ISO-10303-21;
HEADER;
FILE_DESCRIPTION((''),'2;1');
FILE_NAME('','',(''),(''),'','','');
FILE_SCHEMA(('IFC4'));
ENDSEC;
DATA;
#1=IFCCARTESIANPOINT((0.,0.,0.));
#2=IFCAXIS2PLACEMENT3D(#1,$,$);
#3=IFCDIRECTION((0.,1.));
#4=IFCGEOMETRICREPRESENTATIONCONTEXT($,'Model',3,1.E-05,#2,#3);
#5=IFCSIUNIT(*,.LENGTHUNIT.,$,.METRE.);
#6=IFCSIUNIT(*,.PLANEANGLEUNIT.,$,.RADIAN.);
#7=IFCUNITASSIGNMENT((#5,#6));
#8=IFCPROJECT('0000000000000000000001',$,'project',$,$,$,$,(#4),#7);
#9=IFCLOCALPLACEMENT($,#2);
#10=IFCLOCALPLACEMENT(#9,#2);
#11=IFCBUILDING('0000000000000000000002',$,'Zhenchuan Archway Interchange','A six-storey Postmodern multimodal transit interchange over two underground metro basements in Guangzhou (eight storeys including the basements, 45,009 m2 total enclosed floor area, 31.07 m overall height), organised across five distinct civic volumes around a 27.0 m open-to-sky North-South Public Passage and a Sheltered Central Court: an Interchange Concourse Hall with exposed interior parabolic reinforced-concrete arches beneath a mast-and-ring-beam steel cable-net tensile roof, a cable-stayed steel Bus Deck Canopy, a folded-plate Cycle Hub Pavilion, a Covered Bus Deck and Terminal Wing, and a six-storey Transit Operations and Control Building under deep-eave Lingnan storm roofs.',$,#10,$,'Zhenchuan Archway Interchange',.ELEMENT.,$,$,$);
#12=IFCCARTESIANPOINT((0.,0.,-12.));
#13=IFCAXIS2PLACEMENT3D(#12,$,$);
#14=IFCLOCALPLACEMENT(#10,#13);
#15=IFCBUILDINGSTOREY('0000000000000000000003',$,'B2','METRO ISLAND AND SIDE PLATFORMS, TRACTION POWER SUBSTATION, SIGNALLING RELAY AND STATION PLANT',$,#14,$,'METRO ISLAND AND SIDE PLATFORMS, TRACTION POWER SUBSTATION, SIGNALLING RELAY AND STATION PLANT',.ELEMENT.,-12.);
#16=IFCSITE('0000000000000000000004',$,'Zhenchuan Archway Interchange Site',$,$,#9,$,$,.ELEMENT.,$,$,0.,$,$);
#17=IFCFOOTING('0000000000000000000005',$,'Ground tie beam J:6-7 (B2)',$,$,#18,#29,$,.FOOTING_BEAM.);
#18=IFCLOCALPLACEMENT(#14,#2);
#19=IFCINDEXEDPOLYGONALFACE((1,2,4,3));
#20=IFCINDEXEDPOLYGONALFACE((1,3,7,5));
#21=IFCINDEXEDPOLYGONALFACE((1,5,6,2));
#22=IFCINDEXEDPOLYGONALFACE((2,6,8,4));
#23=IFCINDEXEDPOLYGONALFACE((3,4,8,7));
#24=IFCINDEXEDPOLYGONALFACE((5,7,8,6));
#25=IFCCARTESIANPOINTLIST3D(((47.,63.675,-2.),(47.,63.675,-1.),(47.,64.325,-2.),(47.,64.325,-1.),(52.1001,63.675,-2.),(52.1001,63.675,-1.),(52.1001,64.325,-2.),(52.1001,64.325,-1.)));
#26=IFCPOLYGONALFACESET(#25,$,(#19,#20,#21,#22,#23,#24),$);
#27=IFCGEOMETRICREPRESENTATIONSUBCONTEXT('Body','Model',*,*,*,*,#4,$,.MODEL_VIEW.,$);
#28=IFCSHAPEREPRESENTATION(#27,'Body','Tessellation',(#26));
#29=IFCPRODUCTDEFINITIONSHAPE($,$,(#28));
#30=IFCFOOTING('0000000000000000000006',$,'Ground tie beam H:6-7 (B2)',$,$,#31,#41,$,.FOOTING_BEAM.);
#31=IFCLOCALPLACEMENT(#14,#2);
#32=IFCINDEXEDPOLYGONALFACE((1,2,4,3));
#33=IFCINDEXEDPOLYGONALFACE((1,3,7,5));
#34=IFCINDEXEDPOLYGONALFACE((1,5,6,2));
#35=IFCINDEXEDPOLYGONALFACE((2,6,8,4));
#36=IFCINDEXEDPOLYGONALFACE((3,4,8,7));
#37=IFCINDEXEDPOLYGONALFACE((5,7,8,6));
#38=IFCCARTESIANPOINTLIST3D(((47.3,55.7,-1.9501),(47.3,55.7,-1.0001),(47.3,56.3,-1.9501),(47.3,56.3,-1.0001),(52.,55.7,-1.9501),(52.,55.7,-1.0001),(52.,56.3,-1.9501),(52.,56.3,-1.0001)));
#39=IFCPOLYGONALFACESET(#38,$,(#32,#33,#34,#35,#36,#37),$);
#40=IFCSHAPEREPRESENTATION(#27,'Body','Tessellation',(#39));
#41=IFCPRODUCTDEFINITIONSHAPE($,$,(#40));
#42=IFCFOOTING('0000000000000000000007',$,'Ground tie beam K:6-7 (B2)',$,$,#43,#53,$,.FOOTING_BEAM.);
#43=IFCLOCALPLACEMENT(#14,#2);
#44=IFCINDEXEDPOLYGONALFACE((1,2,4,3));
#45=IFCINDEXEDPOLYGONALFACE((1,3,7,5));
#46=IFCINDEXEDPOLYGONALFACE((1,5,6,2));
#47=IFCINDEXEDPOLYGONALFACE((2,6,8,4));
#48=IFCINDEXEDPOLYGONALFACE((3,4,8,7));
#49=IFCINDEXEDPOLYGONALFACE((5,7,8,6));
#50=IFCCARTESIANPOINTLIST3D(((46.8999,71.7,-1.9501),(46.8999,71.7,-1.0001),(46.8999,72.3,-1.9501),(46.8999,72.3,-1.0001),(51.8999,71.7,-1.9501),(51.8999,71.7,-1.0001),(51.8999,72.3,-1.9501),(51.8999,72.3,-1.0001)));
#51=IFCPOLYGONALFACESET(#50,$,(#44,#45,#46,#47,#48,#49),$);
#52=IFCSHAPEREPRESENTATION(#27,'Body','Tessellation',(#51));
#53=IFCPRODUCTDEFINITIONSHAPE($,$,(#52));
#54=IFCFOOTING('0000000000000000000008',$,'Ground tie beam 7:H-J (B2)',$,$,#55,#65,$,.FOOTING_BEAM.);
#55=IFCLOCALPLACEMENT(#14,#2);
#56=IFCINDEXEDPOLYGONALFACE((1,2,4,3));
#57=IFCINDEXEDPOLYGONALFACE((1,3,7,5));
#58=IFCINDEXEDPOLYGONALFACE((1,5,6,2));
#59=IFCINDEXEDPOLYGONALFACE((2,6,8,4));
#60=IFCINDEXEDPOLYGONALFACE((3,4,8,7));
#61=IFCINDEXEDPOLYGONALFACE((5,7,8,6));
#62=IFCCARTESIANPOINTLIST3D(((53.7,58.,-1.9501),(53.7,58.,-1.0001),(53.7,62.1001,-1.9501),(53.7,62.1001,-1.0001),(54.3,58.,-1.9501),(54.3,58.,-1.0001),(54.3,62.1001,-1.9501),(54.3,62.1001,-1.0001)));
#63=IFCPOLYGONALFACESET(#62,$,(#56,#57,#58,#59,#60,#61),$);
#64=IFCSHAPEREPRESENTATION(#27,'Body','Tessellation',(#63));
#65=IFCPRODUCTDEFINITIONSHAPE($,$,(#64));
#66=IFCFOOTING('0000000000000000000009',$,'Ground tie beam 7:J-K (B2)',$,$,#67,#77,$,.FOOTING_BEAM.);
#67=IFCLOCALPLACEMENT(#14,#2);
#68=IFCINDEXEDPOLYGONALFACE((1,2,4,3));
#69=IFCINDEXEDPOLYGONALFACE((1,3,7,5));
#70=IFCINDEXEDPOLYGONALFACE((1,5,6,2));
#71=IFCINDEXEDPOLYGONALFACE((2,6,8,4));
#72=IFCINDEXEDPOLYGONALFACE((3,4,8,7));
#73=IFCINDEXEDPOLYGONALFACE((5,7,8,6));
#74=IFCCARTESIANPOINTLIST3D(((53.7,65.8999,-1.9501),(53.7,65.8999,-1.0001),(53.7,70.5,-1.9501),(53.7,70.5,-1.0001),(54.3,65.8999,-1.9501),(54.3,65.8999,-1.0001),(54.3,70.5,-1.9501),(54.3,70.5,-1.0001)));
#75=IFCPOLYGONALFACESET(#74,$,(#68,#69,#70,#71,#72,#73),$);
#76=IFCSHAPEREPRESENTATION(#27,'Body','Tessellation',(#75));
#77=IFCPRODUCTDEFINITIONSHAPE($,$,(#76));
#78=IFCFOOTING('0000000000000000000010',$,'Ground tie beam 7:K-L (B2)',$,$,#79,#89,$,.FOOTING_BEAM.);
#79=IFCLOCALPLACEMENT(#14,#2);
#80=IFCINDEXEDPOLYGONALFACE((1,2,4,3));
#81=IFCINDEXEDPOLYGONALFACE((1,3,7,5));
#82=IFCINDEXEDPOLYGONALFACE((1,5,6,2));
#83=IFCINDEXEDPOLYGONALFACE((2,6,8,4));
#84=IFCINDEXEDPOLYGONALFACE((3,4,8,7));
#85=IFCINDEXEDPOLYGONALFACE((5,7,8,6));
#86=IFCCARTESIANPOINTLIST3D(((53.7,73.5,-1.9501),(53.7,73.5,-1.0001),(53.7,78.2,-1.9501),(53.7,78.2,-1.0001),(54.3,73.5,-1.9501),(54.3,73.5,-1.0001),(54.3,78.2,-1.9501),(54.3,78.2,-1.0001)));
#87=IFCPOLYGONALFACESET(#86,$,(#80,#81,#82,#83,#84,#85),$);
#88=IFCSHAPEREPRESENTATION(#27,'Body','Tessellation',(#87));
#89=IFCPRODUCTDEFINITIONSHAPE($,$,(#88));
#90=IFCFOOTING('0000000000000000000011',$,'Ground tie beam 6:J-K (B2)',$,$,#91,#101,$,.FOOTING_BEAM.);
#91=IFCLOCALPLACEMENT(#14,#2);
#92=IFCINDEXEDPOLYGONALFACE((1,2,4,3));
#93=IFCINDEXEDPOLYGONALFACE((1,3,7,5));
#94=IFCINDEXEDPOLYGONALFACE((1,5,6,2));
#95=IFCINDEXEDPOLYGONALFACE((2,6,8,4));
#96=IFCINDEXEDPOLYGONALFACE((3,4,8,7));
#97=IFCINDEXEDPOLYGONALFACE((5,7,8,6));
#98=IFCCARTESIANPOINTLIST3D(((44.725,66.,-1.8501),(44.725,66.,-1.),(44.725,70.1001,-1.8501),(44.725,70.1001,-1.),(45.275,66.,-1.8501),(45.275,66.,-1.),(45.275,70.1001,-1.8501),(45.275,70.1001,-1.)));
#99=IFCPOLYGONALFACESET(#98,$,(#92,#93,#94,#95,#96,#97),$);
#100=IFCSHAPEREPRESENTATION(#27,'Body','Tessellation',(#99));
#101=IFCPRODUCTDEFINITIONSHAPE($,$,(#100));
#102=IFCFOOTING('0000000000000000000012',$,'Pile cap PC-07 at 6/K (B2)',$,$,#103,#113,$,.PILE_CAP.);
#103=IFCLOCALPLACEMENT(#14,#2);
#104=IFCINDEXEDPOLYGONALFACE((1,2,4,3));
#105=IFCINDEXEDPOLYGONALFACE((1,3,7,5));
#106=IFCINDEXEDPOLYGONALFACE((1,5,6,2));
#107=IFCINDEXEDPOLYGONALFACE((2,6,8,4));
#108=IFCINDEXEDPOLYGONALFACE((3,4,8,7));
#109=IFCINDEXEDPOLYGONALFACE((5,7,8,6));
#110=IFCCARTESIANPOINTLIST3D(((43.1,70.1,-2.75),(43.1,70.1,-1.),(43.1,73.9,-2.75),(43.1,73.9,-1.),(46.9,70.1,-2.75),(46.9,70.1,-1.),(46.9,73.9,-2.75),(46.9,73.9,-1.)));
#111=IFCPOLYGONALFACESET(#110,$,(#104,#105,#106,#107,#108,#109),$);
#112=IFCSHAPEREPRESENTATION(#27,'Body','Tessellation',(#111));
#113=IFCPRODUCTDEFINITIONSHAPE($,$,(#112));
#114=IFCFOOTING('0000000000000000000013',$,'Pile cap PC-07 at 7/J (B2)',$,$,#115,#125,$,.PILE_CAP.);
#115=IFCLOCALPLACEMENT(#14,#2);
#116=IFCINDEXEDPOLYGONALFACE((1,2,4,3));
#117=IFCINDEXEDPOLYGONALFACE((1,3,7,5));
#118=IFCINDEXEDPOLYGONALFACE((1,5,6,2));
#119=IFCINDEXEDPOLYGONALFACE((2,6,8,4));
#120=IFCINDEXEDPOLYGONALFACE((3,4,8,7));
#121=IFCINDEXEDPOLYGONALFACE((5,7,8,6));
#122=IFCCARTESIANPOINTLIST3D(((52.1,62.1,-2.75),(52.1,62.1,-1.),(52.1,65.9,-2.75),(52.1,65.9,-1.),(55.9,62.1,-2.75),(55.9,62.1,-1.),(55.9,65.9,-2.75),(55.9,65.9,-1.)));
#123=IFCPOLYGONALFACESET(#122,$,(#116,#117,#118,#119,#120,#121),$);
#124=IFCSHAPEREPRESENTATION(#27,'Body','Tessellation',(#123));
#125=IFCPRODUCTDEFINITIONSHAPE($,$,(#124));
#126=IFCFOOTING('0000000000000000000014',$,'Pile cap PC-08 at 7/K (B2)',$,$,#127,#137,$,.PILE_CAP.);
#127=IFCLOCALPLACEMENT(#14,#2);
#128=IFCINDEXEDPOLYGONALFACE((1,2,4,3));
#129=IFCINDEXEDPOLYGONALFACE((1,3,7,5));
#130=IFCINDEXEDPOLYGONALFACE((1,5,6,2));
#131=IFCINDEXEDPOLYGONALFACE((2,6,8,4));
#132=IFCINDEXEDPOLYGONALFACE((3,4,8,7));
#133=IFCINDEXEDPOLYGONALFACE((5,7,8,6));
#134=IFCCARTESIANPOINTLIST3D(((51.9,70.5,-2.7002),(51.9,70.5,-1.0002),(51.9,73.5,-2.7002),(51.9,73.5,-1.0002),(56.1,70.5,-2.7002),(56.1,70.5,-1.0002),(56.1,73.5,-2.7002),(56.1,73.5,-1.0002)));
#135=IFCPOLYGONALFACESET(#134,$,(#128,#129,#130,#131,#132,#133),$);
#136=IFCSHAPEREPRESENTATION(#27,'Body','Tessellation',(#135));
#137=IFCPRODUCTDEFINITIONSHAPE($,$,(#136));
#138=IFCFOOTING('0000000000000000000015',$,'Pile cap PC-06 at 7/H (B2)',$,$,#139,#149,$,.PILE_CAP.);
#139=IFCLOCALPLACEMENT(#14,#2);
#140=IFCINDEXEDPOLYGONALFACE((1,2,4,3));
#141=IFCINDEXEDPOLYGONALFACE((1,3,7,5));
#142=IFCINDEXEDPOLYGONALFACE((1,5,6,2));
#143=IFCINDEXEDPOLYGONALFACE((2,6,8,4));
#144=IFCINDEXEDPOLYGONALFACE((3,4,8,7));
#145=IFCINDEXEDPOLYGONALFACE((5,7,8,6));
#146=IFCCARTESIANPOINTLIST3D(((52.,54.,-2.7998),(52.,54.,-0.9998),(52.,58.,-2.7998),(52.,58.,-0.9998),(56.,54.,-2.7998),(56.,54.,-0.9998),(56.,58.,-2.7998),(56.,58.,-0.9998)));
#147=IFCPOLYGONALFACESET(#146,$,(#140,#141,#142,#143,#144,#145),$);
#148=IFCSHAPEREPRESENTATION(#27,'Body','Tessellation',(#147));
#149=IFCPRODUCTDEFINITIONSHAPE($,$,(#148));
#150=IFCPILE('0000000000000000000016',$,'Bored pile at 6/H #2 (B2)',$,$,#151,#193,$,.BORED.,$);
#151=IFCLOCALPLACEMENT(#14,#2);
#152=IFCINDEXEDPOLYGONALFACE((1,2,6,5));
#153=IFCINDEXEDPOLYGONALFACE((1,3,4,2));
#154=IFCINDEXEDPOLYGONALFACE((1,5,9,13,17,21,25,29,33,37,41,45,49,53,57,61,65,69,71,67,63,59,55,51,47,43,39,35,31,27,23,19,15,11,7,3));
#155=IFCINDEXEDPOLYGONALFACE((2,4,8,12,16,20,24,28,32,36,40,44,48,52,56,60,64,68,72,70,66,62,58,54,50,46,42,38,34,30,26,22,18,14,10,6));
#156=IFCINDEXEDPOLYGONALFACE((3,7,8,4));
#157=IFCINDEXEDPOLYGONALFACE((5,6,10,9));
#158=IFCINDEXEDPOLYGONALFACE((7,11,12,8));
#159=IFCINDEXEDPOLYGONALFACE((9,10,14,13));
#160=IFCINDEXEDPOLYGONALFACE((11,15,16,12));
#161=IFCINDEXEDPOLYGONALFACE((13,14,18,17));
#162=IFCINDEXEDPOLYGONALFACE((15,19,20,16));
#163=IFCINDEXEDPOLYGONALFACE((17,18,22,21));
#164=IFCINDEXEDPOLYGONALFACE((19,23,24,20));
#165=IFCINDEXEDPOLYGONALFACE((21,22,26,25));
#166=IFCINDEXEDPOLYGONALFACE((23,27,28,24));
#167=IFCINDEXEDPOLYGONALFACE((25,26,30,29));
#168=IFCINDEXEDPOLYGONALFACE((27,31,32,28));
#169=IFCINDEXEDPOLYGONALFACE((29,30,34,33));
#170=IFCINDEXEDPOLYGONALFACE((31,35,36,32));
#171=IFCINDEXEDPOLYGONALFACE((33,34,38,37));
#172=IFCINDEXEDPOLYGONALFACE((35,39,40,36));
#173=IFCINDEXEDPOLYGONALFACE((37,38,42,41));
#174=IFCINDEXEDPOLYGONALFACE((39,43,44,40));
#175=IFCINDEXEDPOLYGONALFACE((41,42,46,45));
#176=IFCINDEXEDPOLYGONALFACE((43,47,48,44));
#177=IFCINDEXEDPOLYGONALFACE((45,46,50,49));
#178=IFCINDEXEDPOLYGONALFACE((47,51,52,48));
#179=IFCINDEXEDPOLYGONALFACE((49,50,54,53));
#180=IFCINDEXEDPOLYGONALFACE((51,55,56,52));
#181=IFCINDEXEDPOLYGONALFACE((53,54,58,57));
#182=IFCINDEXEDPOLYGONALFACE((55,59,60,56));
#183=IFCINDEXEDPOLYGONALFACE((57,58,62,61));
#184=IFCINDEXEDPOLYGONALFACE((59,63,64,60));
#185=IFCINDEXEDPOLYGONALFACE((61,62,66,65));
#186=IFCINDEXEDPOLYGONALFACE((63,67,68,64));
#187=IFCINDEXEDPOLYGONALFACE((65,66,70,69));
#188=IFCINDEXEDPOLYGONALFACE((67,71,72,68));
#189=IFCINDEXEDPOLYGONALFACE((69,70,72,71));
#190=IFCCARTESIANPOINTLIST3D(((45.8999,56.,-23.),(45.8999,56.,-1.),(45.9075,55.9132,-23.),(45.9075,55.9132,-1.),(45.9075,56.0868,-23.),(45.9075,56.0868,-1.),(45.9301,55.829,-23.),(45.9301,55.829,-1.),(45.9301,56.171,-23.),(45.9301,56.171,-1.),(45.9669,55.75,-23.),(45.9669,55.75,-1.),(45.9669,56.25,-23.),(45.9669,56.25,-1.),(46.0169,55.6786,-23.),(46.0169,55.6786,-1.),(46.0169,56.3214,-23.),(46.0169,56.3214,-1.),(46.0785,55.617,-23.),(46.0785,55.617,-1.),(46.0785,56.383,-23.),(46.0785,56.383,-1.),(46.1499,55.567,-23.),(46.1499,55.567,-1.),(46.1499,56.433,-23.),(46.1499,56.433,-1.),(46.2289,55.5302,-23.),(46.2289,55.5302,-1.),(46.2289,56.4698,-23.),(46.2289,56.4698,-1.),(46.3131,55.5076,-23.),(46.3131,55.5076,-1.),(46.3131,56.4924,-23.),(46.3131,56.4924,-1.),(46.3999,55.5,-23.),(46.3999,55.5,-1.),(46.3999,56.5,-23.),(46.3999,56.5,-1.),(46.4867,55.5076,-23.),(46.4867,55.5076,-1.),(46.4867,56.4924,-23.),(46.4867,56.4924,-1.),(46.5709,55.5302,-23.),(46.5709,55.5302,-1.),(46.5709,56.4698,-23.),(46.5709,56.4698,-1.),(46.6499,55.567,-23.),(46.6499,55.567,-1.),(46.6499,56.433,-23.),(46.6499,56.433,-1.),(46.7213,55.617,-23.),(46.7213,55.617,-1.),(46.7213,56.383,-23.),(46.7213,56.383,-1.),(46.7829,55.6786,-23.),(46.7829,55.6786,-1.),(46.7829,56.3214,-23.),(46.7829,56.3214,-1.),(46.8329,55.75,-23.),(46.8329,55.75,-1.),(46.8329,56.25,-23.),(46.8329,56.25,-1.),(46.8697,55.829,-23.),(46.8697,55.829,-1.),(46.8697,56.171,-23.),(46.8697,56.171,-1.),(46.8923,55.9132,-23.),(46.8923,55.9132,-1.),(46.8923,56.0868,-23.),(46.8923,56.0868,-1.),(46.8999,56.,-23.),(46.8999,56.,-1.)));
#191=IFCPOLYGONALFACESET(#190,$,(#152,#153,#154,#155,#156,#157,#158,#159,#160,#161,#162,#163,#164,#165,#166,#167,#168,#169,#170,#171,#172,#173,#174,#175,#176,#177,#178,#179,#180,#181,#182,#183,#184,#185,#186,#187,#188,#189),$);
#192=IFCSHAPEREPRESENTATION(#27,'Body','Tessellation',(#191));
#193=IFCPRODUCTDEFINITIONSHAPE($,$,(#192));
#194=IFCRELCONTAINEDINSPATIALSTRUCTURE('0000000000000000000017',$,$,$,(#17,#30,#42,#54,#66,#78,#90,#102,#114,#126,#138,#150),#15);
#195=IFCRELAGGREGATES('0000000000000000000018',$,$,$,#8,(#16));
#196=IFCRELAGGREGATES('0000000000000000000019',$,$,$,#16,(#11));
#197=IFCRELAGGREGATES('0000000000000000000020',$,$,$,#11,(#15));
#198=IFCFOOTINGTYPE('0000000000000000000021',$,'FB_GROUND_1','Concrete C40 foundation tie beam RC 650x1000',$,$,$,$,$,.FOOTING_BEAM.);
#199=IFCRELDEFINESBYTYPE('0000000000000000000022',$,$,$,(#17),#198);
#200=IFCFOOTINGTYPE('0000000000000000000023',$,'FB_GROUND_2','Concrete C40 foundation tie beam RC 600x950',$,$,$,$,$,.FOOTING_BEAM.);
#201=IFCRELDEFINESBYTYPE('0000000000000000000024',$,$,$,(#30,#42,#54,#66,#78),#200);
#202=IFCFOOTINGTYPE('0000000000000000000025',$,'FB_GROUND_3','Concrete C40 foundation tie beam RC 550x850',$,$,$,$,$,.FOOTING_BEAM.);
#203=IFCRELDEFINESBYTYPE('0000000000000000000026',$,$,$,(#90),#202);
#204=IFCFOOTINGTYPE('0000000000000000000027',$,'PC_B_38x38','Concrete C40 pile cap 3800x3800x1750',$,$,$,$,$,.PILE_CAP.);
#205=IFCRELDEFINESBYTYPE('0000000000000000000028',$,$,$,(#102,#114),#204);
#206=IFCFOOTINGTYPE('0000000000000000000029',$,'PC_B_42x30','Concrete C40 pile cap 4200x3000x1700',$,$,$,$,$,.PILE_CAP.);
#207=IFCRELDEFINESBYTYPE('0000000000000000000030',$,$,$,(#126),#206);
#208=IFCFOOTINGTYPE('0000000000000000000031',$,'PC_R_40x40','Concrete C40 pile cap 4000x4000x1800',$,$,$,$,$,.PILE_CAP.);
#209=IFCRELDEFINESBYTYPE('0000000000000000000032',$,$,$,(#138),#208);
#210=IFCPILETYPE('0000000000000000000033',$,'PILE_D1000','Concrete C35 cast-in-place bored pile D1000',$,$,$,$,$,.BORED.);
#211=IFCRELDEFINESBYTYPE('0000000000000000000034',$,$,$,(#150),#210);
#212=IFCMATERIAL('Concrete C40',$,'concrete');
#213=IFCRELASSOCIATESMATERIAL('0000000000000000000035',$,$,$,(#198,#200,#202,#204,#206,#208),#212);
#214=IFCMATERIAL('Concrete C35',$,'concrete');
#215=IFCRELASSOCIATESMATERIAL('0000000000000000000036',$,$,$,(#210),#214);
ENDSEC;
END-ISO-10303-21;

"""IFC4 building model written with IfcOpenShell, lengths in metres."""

from ifc_helpers import new_model, si_unit, direction, frame, origin, origin_2d, place, context, subcontext, project, spatial, rectangle, circle, extrude, material, material_profile, profile_set, type_object, element, save


model = new_model("IFC4")

# Units and contexts
model_context = context("Model", 3, precision=1e-05, world=origin(), true_north=direction((0.0, 1.0)))
body_context = subcontext(model_context, "Body", "Model", "MODEL_VIEW")
ifc_project = project(units=[si_unit("LENGTHUNIT", "METRE"), si_unit("PLANEANGLEUNIT", "RADIAN")], contexts=[model_context])

# Site, building, storey
site_placement = place(None, origin())
site = spatial("IfcSite", under=ifc_project, at=site_placement, Name="Zhenchuan Archway Interchange Site", CompositionType="ELEMENT", RefElevation=0.0)
building_placement = place(site_placement, origin())
building = spatial("IfcBuilding", under=site, at=building_placement, Name="Zhenchuan Archway Interchange", Description="A six-storey Postmodern multimodal transit interchange over two underground metro basements in Guangzhou (eight storeys including the basements, 45,009 m2 total enclosed floor area, 31.07 m overall height), organised across five distinct civic volumes around a 27.0 m open-to-sky North-South Public Passage and a Sheltered Central Court: an Interchange Concourse Hall with exposed interior parabolic reinforced-concrete arches beneath a mast-and-ring-beam steel cable-net tensile roof, a cable-stayed steel Bus Deck Canopy, a folded-plate Cycle Hub Pavilion, a Covered Bus Deck and Terminal Wing, and a six-storey Transit Operations and Control Building under deep-eave Lingnan storm roofs.", LongName="Zhenchuan Archway Interchange", CompositionType="ELEMENT")
storey_placement = place(building_placement, frame((0.0, 0.0, -12.0)))
storey = spatial("IfcBuildingStorey", under=building, at=storey_placement, Name="B2", Description="METRO ISLAND AND SIDE PLATFORMS, TRACTION POWER SUBSTATION, SIGNALLING RELAY AND STATION PLANT", LongName="METRO ISLAND AND SIDE PLATFORMS, TRACTION POWER SUBSTATION, SIGNALLING RELAY AND STATION PLANT", CompositionType="ELEMENT", Elevation=-12.0)

# Footings
ifc_material_1 = material(Name="Concrete C40", Category="concrete")
ifc_material_profile_1 = material_profile(ifc_material_1, rectangle(XDim=0.6499, YDim=1.0, at=origin_2d()), Name="RC 650x1000")
ifc_profile_set_1 = profile_set([ifc_material_profile_1], Name="Concrete C40")
footing_type_1 = type_object("IfcFootingType", Name="FB_GROUND_1", Description="Concrete C40 foundation tie beam RC 650x1000", PredefinedType="FOOTING_BEAM", material=ifc_profile_set_1)
footing_1_placement = place(storey_placement, frame((47.0, 64.0, -1.5), z_axis=(1.0, 0.0, 0.0), x_axis=(0.0, 1.0, 0.0)))
element("IfcFooting", 1, at=footing_1_placement, inside=storey, type_object=footing_type_1, Name="Ground tie beam J:6-7 (B2)", PredefinedType="FOOTING_BEAM", context=body_context, shape_type="SweptSolid", body=[
    extrude(rectangle(XDim=0.6499, YDim=1.0, at=origin_2d()), origin(), (0.0, 0.0, 1.0), 5.1001),
])
ifc_material_profile_2 = material_profile(ifc_material_1, rectangle(XDim=0.6001, YDim=0.95, at=origin_2d()), Name="RC 600x950")
ifc_profile_set_2 = profile_set([ifc_material_profile_2], Name="Concrete C40")
footing_type_2 = type_object("IfcFootingType", Name="FB_GROUND_2", Description="Concrete C40 foundation tie beam RC 600x950", PredefinedType="FOOTING_BEAM", material=ifc_profile_set_2)
footing_2_placement = place(storey_placement, frame((47.3, 56.0, -1.4751), z_axis=(1.0, 0.0, 0.0), x_axis=(0.0, 1.0, 0.0)))
element("IfcFooting", 2, at=footing_2_placement, inside=storey, type_object=footing_type_2, Name="Ground tie beam H:6-7 (B2)", PredefinedType="FOOTING_BEAM", context=body_context, shape_type="SweptSolid", body=[
    extrude(rectangle(XDim=0.6001, YDim=0.95, at=origin_2d()), origin(), (0.0, 0.0, 1.0), 4.7),
])
footing_3_placement = place(storey_placement, frame((46.8999, 72.0, -1.4751), z_axis=(1.0, 0.0, 0.0), x_axis=(0.0, 1.0, 0.0)))
element("IfcFooting", 3, at=footing_3_placement, inside=storey, type_object=footing_type_2, Name="Ground tie beam K:6-7 (B2)", PredefinedType="FOOTING_BEAM", context=body_context, shape_type="SweptSolid", body=[
    extrude(rectangle(XDim=0.6001, YDim=0.95, at=origin_2d()), origin(), (0.0, 0.0, 1.0), 5.0),
])
footing_4_placement = place(storey_placement, frame((54.0, 58.0, -1.4751), z_axis=(0.0, 1.0, 0.0), x_axis=(-1.0, 0.0, 0.0)))
element("IfcFooting", 4, at=footing_4_placement, inside=storey, type_object=footing_type_2, Name="Ground tie beam 7:H-J (B2)", PredefinedType="FOOTING_BEAM", context=body_context, shape_type="SweptSolid", body=[
    extrude(rectangle(XDim=0.6001, YDim=0.95, at=origin_2d()), origin(), (0.0, 0.0, 1.0), 4.1001),
])
footing_5_placement = place(storey_placement, frame((54.0, 65.8999, -1.4751), z_axis=(0.0, 1.0, 0.0), x_axis=(-1.0, 0.0, 0.0)))
element("IfcFooting", 5, at=footing_5_placement, inside=storey, type_object=footing_type_2, Name="Ground tie beam 7:J-K (B2)", PredefinedType="FOOTING_BEAM", context=body_context, shape_type="SweptSolid", body=[
    extrude(rectangle(XDim=0.6001, YDim=0.95, at=origin_2d()), origin(), (0.0, 0.0, 1.0), 4.6001),
])
footing_6_placement = place(storey_placement, frame((54.0, 73.5, -1.4751), z_axis=(0.0, 1.0, 0.0), x_axis=(-1.0, 0.0, 0.0)))
element("IfcFooting", 6, at=footing_6_placement, inside=storey, type_object=footing_type_2, Name="Ground tie beam 7:K-L (B2)", PredefinedType="FOOTING_BEAM", context=body_context, shape_type="SweptSolid", body=[
    extrude(rectangle(XDim=0.6001, YDim=0.95, at=origin_2d()), origin(), (0.0, 0.0, 1.0), 4.7),
])
ifc_material_profile_3 = material_profile(ifc_material_1, rectangle(XDim=0.55, YDim=0.8501, at=origin_2d()), Name="RC 550x850")
ifc_profile_set_3 = profile_set([ifc_material_profile_3], Name="Concrete C40")
footing_type_3 = type_object("IfcFootingType", Name="FB_GROUND_3", Description="Concrete C40 foundation tie beam RC 550x850", PredefinedType="FOOTING_BEAM", material=ifc_profile_set_3)
footing_7_placement = place(storey_placement, frame((45.0, 66.0, -1.425), z_axis=(0.0, 1.0, 0.0), x_axis=(-1.0, 0.0, 0.0)))
element("IfcFooting", 7, at=footing_7_placement, inside=storey, type_object=footing_type_3, Name="Ground tie beam 6:J-K (B2)", PredefinedType="FOOTING_BEAM", context=body_context, shape_type="SweptSolid", body=[
    extrude(rectangle(XDim=0.55, YDim=0.8501, at=origin_2d()), origin(), (0.0, 0.0, 1.0), 4.1001),
])
footing_type_4 = type_object("IfcFootingType", Name="PC_B_38x38", Description="Concrete C40 pile cap 3800x3800x1750", PredefinedType="PILE_CAP", material=ifc_material_1)
for number, where, z_axis, x_axis, name in (
    (8, (45.0, 72.0, -2.75), (0.0, 0.0, 1.0), (1.0, 0.0, 0.0), "Pile cap PC-07 at 6/K (B2)"),
    (9, (54.0, 64.0, -2.75), (0.0, 0.0, 1.0), (1.0, 0.0, 0.0), "Pile cap PC-07 at 7/J (B2)"),
):
    element("IfcFooting", number, at=place(storey_placement, frame(where, z_axis=z_axis, x_axis=x_axis)), inside=storey, type_object=footing_type_4, Name=name, PredefinedType="PILE_CAP", context=body_context, shape_type="SweptSolid", body=[
        extrude(rectangle(XDim=3.8, YDim=3.8, at=origin_2d()), origin(), (0.0, 0.0, 1.0), 1.75),
    ])
footing_type_5 = type_object("IfcFootingType", Name="PC_B_42x30", Description="Concrete C40 pile cap 4200x3000x1700", PredefinedType="PILE_CAP", material=ifc_material_1)
footing_8_placement = place(storey_placement, frame((54.0, 72.0, -2.7002), z_axis=(0.0, 0.0, 1.0), x_axis=(1.0, 0.0, 0.0)))
element("IfcFooting", 10, at=footing_8_placement, inside=storey, type_object=footing_type_5, Name="Pile cap PC-08 at 7/K (B2)", PredefinedType="PILE_CAP", context=body_context, shape_type="SweptSolid", body=[
    extrude(rectangle(XDim=4.2, YDim=3.0, at=origin_2d()), origin(), (0.0, 0.0, 1.0), 1.7),
])
footing_type_6 = type_object("IfcFootingType", Name="PC_R_40x40", Description="Concrete C40 pile cap 4000x4000x1800", PredefinedType="PILE_CAP", material=ifc_material_1)
footing_9_placement = place(storey_placement, frame((54.0, 56.0, -2.7998), z_axis=(0.0, 0.0, 1.0), x_axis=(1.0, 0.0, 0.0)))
element("IfcFooting", 11, at=footing_9_placement, inside=storey, type_object=footing_type_6, Name="Pile cap PC-06 at 7/H (B2)", PredefinedType="PILE_CAP", context=body_context, shape_type="SweptSolid", body=[
    extrude(rectangle(XDim=4.0, YDim=4.0, at=origin_2d()), origin(), (0.0, 0.0, 1.0), 1.8),
])

# Pile
ifc_material_2 = material(Name="Concrete C35", Category="concrete")
ifc_material_profile_4 = material_profile(ifc_material_2, circle(Radius=0.5, at=origin_2d()), Name="BORED PILE 1000")
ifc_profile_set_4 = profile_set([ifc_material_profile_4], Name="Concrete C35")
pile_type_1 = type_object("IfcPileType", Name="PILE_D1000", Description="Concrete C35 cast-in-place bored pile D1000", PredefinedType="BORED", material=ifc_profile_set_4)
for number, where, z_axis, x_axis, name in (
    (12, (46.3999, 56.0, -1.0), (0.0, 0.0, -1.0), (1.0, 0.0, 0.0), "Bored pile at 6/H #2 (B2)"),
):
    element("IfcPile", number, at=place(storey_placement, frame(where, z_axis=z_axis, x_axis=x_axis)), inside=storey, type_object=pile_type_1, Name=name, PredefinedType="BORED", context=body_context, shape_type="SweptSolid", body=[
        extrude(circle(Radius=0.5, at=origin_2d()), origin(), (0.0, 0.0, 1.0), 22.0),
    ])

save(model, "model.ifc")
